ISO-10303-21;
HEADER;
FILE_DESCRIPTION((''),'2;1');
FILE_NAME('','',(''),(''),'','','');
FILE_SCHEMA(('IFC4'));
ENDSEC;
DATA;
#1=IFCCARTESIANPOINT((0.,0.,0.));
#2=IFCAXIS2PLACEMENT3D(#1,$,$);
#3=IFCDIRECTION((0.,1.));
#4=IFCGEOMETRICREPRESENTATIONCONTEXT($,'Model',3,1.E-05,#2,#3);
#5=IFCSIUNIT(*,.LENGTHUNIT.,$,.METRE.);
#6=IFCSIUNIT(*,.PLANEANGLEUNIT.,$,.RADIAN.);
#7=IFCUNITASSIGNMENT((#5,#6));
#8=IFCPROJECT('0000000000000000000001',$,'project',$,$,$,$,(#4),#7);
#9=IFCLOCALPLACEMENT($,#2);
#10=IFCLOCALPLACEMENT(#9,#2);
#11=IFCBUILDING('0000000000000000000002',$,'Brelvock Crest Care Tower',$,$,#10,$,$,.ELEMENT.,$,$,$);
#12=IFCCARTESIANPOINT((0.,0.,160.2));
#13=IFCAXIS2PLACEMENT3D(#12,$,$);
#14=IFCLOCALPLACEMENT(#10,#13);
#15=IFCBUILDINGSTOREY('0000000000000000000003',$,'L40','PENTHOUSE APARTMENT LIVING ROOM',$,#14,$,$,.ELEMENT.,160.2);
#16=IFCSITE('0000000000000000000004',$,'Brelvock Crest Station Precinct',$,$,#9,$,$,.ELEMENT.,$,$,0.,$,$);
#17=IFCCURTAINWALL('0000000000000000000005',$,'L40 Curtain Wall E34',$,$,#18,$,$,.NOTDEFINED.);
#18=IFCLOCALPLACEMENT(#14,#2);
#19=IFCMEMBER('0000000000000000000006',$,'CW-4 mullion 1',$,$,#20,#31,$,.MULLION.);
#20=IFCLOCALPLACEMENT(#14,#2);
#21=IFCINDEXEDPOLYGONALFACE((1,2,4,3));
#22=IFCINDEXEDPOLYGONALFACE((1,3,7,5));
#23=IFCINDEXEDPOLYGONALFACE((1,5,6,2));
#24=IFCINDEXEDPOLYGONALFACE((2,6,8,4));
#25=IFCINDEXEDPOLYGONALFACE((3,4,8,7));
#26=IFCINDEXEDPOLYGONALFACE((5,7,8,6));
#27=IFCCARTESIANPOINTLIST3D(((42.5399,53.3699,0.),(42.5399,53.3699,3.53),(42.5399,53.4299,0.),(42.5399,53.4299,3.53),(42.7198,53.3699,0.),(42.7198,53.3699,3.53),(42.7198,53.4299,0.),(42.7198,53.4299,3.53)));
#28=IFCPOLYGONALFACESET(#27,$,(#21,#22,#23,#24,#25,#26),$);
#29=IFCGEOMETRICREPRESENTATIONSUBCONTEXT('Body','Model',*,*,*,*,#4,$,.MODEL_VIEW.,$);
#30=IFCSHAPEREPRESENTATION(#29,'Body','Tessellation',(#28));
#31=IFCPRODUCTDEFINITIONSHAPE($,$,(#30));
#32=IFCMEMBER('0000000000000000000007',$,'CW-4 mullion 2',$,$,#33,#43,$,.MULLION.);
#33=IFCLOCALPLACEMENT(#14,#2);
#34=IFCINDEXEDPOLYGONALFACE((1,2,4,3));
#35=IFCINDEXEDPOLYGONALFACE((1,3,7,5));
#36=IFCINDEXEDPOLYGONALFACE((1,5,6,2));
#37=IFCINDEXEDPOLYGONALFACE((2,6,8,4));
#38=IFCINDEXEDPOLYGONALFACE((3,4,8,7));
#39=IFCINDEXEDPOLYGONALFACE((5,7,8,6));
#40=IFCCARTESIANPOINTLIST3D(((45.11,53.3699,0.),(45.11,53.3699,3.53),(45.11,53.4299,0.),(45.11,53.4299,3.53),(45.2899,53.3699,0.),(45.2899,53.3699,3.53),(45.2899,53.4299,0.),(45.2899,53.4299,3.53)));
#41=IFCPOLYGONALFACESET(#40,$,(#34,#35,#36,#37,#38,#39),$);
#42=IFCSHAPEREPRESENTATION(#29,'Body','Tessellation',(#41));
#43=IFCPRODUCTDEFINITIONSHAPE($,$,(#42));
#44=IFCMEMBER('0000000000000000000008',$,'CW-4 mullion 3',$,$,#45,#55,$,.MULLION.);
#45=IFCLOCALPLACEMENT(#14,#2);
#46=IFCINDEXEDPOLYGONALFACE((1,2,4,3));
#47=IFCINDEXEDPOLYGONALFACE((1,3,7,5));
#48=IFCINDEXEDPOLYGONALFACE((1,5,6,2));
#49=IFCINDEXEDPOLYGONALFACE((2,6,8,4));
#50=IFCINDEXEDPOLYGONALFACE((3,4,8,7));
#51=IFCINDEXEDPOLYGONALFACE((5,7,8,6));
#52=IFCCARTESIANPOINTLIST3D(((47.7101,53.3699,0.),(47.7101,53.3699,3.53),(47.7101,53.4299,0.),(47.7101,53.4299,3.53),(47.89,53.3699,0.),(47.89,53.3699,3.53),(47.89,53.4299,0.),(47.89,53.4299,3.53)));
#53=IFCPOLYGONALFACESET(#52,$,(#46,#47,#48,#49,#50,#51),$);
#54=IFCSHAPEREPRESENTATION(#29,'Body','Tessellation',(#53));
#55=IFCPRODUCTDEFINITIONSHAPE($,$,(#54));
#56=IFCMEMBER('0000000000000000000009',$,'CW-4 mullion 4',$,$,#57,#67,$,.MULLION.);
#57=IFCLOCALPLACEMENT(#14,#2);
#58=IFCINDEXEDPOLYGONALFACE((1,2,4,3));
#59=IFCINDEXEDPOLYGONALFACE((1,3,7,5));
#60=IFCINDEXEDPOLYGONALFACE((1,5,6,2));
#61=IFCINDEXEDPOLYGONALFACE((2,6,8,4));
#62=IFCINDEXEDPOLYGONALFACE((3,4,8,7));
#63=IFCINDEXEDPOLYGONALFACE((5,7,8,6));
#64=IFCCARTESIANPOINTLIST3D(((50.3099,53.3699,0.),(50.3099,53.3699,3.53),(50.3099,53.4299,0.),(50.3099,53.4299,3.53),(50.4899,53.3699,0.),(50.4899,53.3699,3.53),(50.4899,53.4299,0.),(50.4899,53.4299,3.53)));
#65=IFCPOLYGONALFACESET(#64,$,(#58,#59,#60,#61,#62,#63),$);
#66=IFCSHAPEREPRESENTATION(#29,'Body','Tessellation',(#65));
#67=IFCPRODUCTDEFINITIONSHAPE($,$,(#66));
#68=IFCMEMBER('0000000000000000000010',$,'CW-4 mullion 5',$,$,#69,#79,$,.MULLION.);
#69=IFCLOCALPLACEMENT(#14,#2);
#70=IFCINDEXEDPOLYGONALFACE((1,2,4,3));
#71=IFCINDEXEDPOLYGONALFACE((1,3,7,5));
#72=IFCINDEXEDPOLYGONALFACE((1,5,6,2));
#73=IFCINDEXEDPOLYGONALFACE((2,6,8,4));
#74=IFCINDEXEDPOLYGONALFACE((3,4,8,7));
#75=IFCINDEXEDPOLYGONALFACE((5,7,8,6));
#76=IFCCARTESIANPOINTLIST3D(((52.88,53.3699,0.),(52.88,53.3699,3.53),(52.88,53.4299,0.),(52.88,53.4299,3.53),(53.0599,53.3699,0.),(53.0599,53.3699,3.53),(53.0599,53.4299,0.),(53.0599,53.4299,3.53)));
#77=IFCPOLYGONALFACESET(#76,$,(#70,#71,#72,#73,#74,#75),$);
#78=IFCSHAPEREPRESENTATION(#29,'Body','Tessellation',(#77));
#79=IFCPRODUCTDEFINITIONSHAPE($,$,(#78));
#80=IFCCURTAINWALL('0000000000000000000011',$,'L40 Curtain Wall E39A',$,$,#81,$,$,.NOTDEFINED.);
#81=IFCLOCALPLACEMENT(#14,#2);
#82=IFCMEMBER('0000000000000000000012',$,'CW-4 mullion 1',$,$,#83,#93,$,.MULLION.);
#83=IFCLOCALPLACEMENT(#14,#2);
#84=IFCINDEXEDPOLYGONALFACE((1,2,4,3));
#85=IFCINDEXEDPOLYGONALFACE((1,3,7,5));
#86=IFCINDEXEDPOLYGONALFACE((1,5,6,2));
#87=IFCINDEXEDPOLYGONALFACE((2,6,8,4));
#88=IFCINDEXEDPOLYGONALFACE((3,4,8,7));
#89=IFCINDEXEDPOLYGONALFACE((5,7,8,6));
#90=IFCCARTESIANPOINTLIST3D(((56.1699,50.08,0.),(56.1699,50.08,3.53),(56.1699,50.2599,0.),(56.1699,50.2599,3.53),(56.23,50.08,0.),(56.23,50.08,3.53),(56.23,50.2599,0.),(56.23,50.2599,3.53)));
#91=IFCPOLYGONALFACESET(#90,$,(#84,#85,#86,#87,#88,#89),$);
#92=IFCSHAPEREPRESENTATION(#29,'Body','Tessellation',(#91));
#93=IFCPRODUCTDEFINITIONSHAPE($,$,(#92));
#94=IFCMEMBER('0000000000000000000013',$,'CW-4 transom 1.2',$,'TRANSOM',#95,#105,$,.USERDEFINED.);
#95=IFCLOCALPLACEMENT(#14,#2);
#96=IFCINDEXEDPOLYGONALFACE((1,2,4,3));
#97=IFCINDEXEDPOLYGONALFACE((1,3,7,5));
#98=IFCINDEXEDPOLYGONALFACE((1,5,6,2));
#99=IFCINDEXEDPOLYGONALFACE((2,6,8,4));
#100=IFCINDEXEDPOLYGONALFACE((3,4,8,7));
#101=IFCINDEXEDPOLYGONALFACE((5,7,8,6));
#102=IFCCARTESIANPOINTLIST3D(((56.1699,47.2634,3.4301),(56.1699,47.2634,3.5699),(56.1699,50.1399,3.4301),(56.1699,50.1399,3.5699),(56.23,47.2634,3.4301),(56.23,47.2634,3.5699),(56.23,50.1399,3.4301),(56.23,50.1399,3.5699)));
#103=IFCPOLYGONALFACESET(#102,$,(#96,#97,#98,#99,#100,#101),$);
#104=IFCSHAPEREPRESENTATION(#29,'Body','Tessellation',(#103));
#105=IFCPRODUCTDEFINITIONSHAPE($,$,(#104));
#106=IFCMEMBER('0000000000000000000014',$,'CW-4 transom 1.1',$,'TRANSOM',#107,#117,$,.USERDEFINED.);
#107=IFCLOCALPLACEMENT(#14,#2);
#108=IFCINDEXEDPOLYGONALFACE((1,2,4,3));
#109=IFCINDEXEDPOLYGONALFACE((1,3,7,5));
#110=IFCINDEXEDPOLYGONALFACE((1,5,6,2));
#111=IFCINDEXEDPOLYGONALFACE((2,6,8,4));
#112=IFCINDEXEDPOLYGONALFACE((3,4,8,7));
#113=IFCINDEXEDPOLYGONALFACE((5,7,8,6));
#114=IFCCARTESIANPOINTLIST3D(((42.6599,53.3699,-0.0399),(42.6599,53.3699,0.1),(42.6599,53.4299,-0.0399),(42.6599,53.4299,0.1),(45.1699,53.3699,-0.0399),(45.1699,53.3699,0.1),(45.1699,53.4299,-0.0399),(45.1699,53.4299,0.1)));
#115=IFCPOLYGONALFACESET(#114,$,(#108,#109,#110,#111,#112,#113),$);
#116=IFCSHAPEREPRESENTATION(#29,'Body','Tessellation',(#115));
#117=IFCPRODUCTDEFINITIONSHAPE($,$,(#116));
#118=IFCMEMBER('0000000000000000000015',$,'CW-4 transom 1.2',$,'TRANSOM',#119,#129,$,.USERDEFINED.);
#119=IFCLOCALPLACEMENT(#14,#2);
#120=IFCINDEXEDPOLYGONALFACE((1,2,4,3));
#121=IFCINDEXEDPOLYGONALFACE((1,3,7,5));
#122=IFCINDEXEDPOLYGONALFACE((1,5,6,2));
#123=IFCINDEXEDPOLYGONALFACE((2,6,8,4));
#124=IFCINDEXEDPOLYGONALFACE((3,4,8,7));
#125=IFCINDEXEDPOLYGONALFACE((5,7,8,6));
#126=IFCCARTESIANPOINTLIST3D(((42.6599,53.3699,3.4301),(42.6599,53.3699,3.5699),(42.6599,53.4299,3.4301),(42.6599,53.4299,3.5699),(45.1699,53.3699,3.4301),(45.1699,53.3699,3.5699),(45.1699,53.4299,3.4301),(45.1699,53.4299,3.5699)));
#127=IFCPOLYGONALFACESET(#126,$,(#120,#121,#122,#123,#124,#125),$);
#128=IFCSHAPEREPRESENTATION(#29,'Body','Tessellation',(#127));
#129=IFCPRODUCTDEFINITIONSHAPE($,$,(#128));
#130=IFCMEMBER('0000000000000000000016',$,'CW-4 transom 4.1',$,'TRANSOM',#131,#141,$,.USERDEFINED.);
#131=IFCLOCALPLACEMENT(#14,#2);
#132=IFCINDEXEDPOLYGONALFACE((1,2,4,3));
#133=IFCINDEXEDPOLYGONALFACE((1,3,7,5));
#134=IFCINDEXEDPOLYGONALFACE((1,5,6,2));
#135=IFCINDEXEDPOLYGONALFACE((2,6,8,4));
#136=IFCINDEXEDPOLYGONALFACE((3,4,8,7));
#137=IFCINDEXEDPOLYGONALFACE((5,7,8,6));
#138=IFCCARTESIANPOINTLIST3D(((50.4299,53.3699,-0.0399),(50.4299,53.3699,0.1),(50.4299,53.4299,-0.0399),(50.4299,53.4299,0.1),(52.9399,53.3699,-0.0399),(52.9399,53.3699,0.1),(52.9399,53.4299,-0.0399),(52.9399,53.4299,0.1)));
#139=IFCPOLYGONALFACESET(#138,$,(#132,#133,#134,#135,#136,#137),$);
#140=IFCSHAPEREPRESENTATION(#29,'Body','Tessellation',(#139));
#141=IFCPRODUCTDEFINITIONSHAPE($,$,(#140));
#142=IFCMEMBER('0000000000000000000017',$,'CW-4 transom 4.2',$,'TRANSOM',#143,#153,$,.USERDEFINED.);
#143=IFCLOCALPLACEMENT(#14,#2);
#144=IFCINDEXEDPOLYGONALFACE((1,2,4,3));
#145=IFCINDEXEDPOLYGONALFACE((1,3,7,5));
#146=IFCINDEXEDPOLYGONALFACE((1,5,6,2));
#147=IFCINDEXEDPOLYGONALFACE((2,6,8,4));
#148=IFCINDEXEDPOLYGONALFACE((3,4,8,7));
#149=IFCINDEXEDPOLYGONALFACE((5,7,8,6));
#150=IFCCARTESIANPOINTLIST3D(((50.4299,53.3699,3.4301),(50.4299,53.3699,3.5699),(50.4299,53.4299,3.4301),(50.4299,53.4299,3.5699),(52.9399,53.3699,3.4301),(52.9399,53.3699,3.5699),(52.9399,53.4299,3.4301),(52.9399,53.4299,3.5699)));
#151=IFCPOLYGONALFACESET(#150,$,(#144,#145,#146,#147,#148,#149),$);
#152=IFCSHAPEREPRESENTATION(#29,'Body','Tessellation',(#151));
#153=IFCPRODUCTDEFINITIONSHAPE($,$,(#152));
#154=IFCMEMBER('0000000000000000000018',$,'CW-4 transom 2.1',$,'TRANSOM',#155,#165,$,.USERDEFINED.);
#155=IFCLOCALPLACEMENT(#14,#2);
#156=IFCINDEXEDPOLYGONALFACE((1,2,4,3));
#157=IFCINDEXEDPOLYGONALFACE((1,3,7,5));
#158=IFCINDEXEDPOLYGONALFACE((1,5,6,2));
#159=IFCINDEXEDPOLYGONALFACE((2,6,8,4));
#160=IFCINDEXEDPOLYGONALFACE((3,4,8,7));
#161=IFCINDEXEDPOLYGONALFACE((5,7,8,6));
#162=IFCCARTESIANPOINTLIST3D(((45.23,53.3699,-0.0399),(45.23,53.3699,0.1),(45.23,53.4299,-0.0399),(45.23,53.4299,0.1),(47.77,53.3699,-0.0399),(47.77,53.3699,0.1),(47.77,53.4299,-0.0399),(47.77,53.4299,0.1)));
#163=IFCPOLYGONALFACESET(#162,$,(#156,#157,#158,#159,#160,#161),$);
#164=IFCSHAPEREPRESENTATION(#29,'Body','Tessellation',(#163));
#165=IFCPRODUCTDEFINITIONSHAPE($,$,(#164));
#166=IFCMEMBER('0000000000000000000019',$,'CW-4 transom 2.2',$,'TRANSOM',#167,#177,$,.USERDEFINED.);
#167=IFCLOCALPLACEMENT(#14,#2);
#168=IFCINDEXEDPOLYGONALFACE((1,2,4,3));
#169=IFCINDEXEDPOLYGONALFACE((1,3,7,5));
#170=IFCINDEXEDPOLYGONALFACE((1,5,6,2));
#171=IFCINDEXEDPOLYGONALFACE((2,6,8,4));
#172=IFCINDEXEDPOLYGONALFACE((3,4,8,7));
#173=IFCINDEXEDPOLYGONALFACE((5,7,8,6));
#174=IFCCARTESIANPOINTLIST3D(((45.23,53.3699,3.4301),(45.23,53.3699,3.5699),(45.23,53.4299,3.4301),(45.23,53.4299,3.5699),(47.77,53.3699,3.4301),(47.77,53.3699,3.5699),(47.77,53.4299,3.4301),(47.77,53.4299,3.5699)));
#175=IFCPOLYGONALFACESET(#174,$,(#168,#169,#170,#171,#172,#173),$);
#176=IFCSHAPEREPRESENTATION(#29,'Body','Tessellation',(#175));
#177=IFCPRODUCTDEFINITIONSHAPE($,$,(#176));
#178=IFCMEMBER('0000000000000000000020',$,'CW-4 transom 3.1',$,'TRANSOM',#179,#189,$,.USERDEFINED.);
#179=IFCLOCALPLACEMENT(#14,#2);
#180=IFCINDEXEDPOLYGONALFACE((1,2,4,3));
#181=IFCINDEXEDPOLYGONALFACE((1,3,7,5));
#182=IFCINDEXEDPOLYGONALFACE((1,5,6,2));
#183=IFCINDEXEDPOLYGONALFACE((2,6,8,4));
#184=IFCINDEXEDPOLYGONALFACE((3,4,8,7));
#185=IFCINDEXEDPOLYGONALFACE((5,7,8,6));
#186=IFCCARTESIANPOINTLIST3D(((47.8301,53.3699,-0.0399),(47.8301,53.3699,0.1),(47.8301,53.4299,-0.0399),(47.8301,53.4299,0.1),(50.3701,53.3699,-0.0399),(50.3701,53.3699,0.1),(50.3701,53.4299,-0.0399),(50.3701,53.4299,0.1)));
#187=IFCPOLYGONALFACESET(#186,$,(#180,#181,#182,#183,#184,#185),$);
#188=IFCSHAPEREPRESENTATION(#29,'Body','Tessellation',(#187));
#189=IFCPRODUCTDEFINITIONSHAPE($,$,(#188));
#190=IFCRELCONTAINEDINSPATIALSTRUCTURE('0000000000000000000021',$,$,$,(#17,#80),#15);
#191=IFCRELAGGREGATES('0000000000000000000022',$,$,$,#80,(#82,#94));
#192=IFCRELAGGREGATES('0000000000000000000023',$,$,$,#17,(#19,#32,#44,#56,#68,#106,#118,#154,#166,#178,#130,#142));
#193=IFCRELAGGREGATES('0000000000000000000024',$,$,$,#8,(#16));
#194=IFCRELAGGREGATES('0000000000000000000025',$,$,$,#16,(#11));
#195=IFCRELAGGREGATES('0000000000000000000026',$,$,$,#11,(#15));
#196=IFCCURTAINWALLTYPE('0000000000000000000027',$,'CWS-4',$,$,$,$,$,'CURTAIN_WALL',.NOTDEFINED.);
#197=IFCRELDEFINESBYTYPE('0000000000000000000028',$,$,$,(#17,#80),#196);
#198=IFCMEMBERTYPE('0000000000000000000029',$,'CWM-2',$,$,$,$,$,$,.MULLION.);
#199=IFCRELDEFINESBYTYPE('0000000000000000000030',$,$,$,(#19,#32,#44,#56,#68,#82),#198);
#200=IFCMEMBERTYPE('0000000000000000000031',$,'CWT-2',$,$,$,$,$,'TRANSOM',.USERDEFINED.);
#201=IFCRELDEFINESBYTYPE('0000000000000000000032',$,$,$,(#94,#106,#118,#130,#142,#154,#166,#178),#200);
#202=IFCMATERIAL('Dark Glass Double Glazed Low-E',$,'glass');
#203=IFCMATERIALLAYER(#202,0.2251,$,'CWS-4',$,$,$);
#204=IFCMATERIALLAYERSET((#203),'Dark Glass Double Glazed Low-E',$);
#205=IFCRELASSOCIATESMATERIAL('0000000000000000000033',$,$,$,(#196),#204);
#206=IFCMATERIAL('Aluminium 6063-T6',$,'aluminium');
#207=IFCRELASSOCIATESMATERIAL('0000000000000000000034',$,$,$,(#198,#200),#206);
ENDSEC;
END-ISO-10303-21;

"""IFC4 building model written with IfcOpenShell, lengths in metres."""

from ifc_helpers import new_model, si_unit, direction, frame, origin, origin_2d, place, context, subcontext, project, spatial, rectangle, extrude, source, transform, mapped, material, layer, layer_set, material_profile, profile_set, type_object, element, aggregate, save


model = new_model("IFC4")

# Units and contexts
model_context = context("Model", 3, precision=1e-05, world=origin(), true_north=direction((0.0, 1.0)))
body_context = subcontext(model_context, "Body", "Model", "MODEL_VIEW")
ifc_project = project(units=[si_unit("LENGTHUNIT", "METRE"), si_unit("PLANEANGLEUNIT", "RADIAN")], contexts=[model_context])

# Site, building, storey
site_placement = place(None, origin())
site = spatial("IfcSite", under=ifc_project, at=site_placement, Name="Brelvock Crest Station Precinct", CompositionType="ELEMENT", RefElevation=0.0)
building_placement = place(site_placement, origin())
building = spatial("IfcBuilding", under=site, at=building_placement, Name="Brelvock Crest Care Tower", CompositionType="ELEMENT")
storey_placement = place(building_placement, frame((0.0, 0.0, 160.2)))
storey = spatial("IfcBuildingStorey", under=building, at=storey_placement, Name="L40", Description="PENTHOUSE APARTMENT LIVING ROOM", CompositionType="ELEMENT", Elevation=160.2)

# Curtain walls, members
ifc_material_1 = material(Name="Dark Glass Double Glazed Low-E", Category="glass")
ifc_layer_1 = layer(ifc_material_1, 0.2251, Name="CWS-4")
ifc_layer_set_1 = layer_set([ifc_layer_1], Name="Dark Glass Double Glazed Low-E")
curtain_wall_type = type_object("IfcCurtainWallType", Name="CWS-4", ElementType="CURTAIN_WALL", PredefinedType="NOTDEFINED", material=ifc_layer_set_1)
curtain_wall_1_placement = place(storey_placement, origin())
curtain_wall_1 = element("IfcCurtainWall", 1, at=curtain_wall_1_placement, inside=storey, type_object=curtain_wall_type, Name="L40 Curtain Wall E34", PredefinedType="NOTDEFINED")
ifc_material_2 = material(Name="Aluminium 6063-T6", Category="aluminium")
ifc_material_profile_1 = material_profile(ifc_material_2, rectangle(XDim=0.0601, YDim=0.1799, at=origin_2d()), Name="ALU60x180")
ifc_profile_set_1 = profile_set([ifc_material_profile_1], Name="Aluminium 6063-T6")
member_type_1 = type_object("IfcMemberType", Name="CWM-2", PredefinedType="MULLION", material=ifc_profile_set_1)
shared_shape_1 = source(origin(), body_context, "Body", "SweptSolid", [
    extrude(rectangle(XDim=0.0601, YDim=0.1799, at=origin_2d()), origin(), (0.0, 0.0, 1.0), 3.53),
])
member_1_placement = place(storey_placement, frame((42.6299, 53.3999, 0.0), z_axis=(0.0, 0.0, 1.0), x_axis=(0.0, 1.0, 0.0)))
member_1 = element("IfcMember", 2, at=member_1_placement, type_object=member_type_1, Name="CW-4 mullion 1", PredefinedType="MULLION", context=body_context, shape_type="MappedRepresentation", body=[
    mapped(shared_shape_1, transform((0.0, 0.0, 0.0), x_axis=(1.0, 0.0, 0.0), y_axis=(0.0, 1.0, 0.0), z_axis=(0.0, 0.0, 1.0), scale=1.0)),
])
member_2_placement = place(storey_placement, frame((45.2, 53.3999, 0.0), z_axis=(0.0, 0.0, 1.0), x_axis=(0.0, 1.0, 0.0)))
member_2 = element("IfcMember", 3, at=member_2_placement, type_object=member_type_1, Name="CW-4 mullion 2", PredefinedType="MULLION", context=body_context, shape_type="MappedRepresentation", body=[
    mapped(shared_shape_1, transform((0.0, 0.0, 0.0), x_axis=(1.0, 0.0, 0.0), y_axis=(0.0, 1.0, 0.0), z_axis=(0.0, 0.0, 1.0), scale=1.0)),
])
member_3_placement = place(storey_placement, frame((47.8, 53.3999, 0.0), z_axis=(0.0, 0.0, 1.0), x_axis=(0.0, 1.0, 0.0)))
member_3 = element("IfcMember", 4, at=member_3_placement, type_object=member_type_1, Name="CW-4 mullion 3", PredefinedType="MULLION", context=body_context, shape_type="MappedRepresentation", body=[
    mapped(shared_shape_1, transform((0.0, 0.0, 0.0), x_axis=(1.0, 0.0, 0.0), y_axis=(0.0, 1.0, 0.0), z_axis=(0.0, 0.0, 1.0), scale=1.0)),
])
member_4_placement = place(storey_placement, frame((50.3999, 53.3999, 0.0), z_axis=(0.0, 0.0, 1.0), x_axis=(0.0, 1.0, 0.0)))
member_4 = element("IfcMember", 5, at=member_4_placement, type_object=member_type_1, Name="CW-4 mullion 4", PredefinedType="MULLION", context=body_context, shape_type="MappedRepresentation", body=[
    mapped(shared_shape_1, transform((0.0, 0.0, 0.0), x_axis=(1.0, 0.0, 0.0), y_axis=(0.0, 1.0, 0.0), z_axis=(0.0, 0.0, 1.0), scale=1.0)),
])
member_5_placement = place(storey_placement, frame((52.97, 53.3999, 0.0), z_axis=(0.0, 0.0, 1.0), x_axis=(0.0, 1.0, 0.0)))
member_5 = element("IfcMember", 6, at=member_5_placement, type_object=member_type_1, Name="CW-4 mullion 5", PredefinedType="MULLION", context=body_context, shape_type="MappedRepresentation", body=[
    mapped(shared_shape_1, transform((0.0, 0.0, 0.0), x_axis=(1.0, 0.0, 0.0), y_axis=(0.0, 1.0, 0.0), z_axis=(0.0, 0.0, 1.0), scale=1.0)),
])
curtain_wall_2_placement = place(storey_placement, origin())
curtain_wall_2 = element("IfcCurtainWall", 7, at=curtain_wall_2_placement, inside=storey, type_object=curtain_wall_type, Name="L40 Curtain Wall E39A", PredefinedType="NOTDEFINED")
member_6_placement = place(storey_placement, frame((56.2, 50.1699, 0.0), z_axis=(0.0, 0.0, 1.0), x_axis=(1.0, 0.0, 0.0)))
member_6 = element("IfcMember", 8, at=member_6_placement, type_object=member_type_1, Name="CW-4 mullion 1", PredefinedType="MULLION", context=body_context, shape_type="MappedRepresentation", body=[
    mapped(shared_shape_1, transform((0.0, 0.0, 0.0), x_axis=(1.0, 0.0, 0.0), y_axis=(0.0, 1.0, 0.0), z_axis=(0.0, 0.0, 1.0), scale=1.0)),
])
ifc_material_profile_2 = material_profile(ifc_material_2, rectangle(XDim=0.0601, YDim=0.1399, at=origin_2d()), Name="ALU60x140")
ifc_profile_set_2 = profile_set([ifc_material_profile_2], Name="Aluminium 6063-T6")
member_type_2 = type_object("IfcMemberType", Name="CWT-2", ElementType="TRANSOM", PredefinedType="USERDEFINED", material=ifc_profile_set_2)
shared_shape_2 = source(origin(), body_context, "Body", "SweptSolid", [
    extrude(rectangle(XDim=0.0601, YDim=0.1399, at=origin_2d()), origin(), (0.0, 0.0, 1.0), 2.8765),
])
member_7_placement = place(storey_placement, frame((56.2, 50.1399, 3.5), z_axis=(0.0, -1.0, 0.0), x_axis=(1.0, 0.0, 0.0)))
member_7 = element("IfcMember", 9, at=member_7_placement, type_object=member_type_2, Name="CW-4 transom 1.2", ObjectType="TRANSOM", PredefinedType="USERDEFINED", context=body_context, shape_type="MappedRepresentation", body=[
    mapped(shared_shape_2, transform((0.0, 0.0, 0.0), x_axis=(1.0, 0.0, 0.0), y_axis=(0.0, 1.0, 0.0), z_axis=(0.0, 0.0, 1.0), scale=1.0)),
])
aggregate(curtain_wall_2, [member_6, member_7])

# Members
shared_shape_3 = source(origin(), body_context, "Body", "SweptSolid", [
    extrude(rectangle(XDim=0.0601, YDim=0.1399, at=origin_2d()), origin(), (0.0, 0.0, 1.0), 2.51),
])
member_8_placement = place(storey_placement, frame((42.6599, 53.3999, 0.03), z_axis=(1.0, 0.0, 0.0), x_axis=(0.0, 1.0, 0.0)))
member_8 = element("IfcMember", 10, at=member_8_placement, type_object=member_type_2, Name="CW-4 transom 1.1", ObjectType="TRANSOM", PredefinedType="USERDEFINED", context=body_context, shape_type="MappedRepresentation", body=[
    mapped(shared_shape_3, transform((0.0, 0.0, 0.0), x_axis=(1.0, 0.0, 0.0), y_axis=(0.0, 1.0, 0.0), z_axis=(0.0, 0.0, 1.0), scale=1.0)),
])
member_9_placement = place(storey_placement, frame((42.6599, 53.3999, 3.5), z_axis=(1.0, 0.0, 0.0), x_axis=(0.0, 1.0, 0.0)))
member_9 = element("IfcMember", 11, at=member_9_placement, type_object=member_type_2, Name="CW-4 transom 1.2", ObjectType="TRANSOM", PredefinedType="USERDEFINED", context=body_context, shape_type="MappedRepresentation", body=[
    mapped(shared_shape_3, transform((0.0, 0.0, 0.0), x_axis=(1.0, 0.0, 0.0), y_axis=(0.0, 1.0, 0.0), z_axis=(0.0, 0.0, 1.0), scale=1.0)),
])
member_10_placement = place(storey_placement, frame((50.4299, 53.3999, 0.03), z_axis=(1.0, 0.0, 0.0), x_axis=(0.0, 1.0, 0.0)))
member_10 = element("IfcMember", 12, at=member_10_placement, type_object=member_type_2, Name="CW-4 transom 4.1", ObjectType="TRANSOM", PredefinedType="USERDEFINED", context=body_context, shape_type="MappedRepresentation", body=[
    mapped(shared_shape_3, transform((0.0, 0.0, 0.0), x_axis=(1.0, 0.0, 0.0), y_axis=(0.0, 1.0, 0.0), z_axis=(0.0, 0.0, 1.0), scale=1.0)),
])
member_11_placement = place(storey_placement, frame((50.4299, 53.3999, 3.5), z_axis=(1.0, 0.0, 0.0), x_axis=(0.0, 1.0, 0.0)))
member_11 = element("IfcMember", 13, at=member_11_placement, type_object=member_type_2, Name="CW-4 transom 4.2", ObjectType="TRANSOM", PredefinedType="USERDEFINED", context=body_context, shape_type="MappedRepresentation", body=[
    mapped(shared_shape_3, transform((0.0, 0.0, 0.0), x_axis=(1.0, 0.0, 0.0), y_axis=(0.0, 1.0, 0.0), z_axis=(0.0, 0.0, 1.0), scale=1.0)),
])
shared_shape_4 = source(origin(), body_context, "Body", "SweptSolid", [
    extrude(rectangle(XDim=0.0601, YDim=0.1399, at=origin_2d()), origin(), (0.0, 0.0, 1.0), 2.54),
])
member_12_placement = place(storey_placement, frame((45.23, 53.3999, 0.03), z_axis=(1.0, 0.0, 0.0), x_axis=(0.0, 1.0, 0.0)))
member_12 = element("IfcMember", 14, at=member_12_placement, type_object=member_type_2, Name="CW-4 transom 2.1", ObjectType="TRANSOM", PredefinedType="USERDEFINED", context=body_context, shape_type="MappedRepresentation", body=[
    mapped(shared_shape_4, transform((0.0, 0.0, 0.0), x_axis=(1.0, 0.0, 0.0), y_axis=(0.0, 1.0, 0.0), z_axis=(0.0, 0.0, 1.0), scale=1.0)),
])
member_13_placement = place(storey_placement, frame((45.23, 53.3999, 3.5), z_axis=(1.0, 0.0, 0.0), x_axis=(0.0, 1.0, 0.0)))
member_13 = element("IfcMember", 15, at=member_13_placement, type_object=member_type_2, Name="CW-4 transom 2.2", ObjectType="TRANSOM", PredefinedType="USERDEFINED", context=body_context, shape_type="MappedRepresentation", body=[
    mapped(shared_shape_4, transform((0.0, 0.0, 0.0), x_axis=(1.0, 0.0, 0.0), y_axis=(0.0, 1.0, 0.0), z_axis=(0.0, 0.0, 1.0), scale=1.0)),
])
member_14_placement = place(storey_placement, frame((47.8301, 53.3999, 0.03), z_axis=(1.0, 0.0, 0.0), x_axis=(0.0, 1.0, 0.0)))
member_14 = element("IfcMember", 16, at=member_14_placement, type_object=member_type_2, Name="CW-4 transom 3.1", ObjectType="TRANSOM", PredefinedType="USERDEFINED", context=body_context, shape_type="MappedRepresentation", body=[
    mapped(shared_shape_4, transform((0.0, 0.0, 0.0), x_axis=(1.0, 0.0, 0.0), y_axis=(0.0, 1.0, 0.0), z_axis=(0.0, 0.0, 1.0), scale=1.0)),
])

aggregate(curtain_wall_1, [member_1, member_2, member_3, member_4, member_5, member_8, member_9, member_12, member_13, member_14, member_10, member_11])

save(model, "model.ifc")
